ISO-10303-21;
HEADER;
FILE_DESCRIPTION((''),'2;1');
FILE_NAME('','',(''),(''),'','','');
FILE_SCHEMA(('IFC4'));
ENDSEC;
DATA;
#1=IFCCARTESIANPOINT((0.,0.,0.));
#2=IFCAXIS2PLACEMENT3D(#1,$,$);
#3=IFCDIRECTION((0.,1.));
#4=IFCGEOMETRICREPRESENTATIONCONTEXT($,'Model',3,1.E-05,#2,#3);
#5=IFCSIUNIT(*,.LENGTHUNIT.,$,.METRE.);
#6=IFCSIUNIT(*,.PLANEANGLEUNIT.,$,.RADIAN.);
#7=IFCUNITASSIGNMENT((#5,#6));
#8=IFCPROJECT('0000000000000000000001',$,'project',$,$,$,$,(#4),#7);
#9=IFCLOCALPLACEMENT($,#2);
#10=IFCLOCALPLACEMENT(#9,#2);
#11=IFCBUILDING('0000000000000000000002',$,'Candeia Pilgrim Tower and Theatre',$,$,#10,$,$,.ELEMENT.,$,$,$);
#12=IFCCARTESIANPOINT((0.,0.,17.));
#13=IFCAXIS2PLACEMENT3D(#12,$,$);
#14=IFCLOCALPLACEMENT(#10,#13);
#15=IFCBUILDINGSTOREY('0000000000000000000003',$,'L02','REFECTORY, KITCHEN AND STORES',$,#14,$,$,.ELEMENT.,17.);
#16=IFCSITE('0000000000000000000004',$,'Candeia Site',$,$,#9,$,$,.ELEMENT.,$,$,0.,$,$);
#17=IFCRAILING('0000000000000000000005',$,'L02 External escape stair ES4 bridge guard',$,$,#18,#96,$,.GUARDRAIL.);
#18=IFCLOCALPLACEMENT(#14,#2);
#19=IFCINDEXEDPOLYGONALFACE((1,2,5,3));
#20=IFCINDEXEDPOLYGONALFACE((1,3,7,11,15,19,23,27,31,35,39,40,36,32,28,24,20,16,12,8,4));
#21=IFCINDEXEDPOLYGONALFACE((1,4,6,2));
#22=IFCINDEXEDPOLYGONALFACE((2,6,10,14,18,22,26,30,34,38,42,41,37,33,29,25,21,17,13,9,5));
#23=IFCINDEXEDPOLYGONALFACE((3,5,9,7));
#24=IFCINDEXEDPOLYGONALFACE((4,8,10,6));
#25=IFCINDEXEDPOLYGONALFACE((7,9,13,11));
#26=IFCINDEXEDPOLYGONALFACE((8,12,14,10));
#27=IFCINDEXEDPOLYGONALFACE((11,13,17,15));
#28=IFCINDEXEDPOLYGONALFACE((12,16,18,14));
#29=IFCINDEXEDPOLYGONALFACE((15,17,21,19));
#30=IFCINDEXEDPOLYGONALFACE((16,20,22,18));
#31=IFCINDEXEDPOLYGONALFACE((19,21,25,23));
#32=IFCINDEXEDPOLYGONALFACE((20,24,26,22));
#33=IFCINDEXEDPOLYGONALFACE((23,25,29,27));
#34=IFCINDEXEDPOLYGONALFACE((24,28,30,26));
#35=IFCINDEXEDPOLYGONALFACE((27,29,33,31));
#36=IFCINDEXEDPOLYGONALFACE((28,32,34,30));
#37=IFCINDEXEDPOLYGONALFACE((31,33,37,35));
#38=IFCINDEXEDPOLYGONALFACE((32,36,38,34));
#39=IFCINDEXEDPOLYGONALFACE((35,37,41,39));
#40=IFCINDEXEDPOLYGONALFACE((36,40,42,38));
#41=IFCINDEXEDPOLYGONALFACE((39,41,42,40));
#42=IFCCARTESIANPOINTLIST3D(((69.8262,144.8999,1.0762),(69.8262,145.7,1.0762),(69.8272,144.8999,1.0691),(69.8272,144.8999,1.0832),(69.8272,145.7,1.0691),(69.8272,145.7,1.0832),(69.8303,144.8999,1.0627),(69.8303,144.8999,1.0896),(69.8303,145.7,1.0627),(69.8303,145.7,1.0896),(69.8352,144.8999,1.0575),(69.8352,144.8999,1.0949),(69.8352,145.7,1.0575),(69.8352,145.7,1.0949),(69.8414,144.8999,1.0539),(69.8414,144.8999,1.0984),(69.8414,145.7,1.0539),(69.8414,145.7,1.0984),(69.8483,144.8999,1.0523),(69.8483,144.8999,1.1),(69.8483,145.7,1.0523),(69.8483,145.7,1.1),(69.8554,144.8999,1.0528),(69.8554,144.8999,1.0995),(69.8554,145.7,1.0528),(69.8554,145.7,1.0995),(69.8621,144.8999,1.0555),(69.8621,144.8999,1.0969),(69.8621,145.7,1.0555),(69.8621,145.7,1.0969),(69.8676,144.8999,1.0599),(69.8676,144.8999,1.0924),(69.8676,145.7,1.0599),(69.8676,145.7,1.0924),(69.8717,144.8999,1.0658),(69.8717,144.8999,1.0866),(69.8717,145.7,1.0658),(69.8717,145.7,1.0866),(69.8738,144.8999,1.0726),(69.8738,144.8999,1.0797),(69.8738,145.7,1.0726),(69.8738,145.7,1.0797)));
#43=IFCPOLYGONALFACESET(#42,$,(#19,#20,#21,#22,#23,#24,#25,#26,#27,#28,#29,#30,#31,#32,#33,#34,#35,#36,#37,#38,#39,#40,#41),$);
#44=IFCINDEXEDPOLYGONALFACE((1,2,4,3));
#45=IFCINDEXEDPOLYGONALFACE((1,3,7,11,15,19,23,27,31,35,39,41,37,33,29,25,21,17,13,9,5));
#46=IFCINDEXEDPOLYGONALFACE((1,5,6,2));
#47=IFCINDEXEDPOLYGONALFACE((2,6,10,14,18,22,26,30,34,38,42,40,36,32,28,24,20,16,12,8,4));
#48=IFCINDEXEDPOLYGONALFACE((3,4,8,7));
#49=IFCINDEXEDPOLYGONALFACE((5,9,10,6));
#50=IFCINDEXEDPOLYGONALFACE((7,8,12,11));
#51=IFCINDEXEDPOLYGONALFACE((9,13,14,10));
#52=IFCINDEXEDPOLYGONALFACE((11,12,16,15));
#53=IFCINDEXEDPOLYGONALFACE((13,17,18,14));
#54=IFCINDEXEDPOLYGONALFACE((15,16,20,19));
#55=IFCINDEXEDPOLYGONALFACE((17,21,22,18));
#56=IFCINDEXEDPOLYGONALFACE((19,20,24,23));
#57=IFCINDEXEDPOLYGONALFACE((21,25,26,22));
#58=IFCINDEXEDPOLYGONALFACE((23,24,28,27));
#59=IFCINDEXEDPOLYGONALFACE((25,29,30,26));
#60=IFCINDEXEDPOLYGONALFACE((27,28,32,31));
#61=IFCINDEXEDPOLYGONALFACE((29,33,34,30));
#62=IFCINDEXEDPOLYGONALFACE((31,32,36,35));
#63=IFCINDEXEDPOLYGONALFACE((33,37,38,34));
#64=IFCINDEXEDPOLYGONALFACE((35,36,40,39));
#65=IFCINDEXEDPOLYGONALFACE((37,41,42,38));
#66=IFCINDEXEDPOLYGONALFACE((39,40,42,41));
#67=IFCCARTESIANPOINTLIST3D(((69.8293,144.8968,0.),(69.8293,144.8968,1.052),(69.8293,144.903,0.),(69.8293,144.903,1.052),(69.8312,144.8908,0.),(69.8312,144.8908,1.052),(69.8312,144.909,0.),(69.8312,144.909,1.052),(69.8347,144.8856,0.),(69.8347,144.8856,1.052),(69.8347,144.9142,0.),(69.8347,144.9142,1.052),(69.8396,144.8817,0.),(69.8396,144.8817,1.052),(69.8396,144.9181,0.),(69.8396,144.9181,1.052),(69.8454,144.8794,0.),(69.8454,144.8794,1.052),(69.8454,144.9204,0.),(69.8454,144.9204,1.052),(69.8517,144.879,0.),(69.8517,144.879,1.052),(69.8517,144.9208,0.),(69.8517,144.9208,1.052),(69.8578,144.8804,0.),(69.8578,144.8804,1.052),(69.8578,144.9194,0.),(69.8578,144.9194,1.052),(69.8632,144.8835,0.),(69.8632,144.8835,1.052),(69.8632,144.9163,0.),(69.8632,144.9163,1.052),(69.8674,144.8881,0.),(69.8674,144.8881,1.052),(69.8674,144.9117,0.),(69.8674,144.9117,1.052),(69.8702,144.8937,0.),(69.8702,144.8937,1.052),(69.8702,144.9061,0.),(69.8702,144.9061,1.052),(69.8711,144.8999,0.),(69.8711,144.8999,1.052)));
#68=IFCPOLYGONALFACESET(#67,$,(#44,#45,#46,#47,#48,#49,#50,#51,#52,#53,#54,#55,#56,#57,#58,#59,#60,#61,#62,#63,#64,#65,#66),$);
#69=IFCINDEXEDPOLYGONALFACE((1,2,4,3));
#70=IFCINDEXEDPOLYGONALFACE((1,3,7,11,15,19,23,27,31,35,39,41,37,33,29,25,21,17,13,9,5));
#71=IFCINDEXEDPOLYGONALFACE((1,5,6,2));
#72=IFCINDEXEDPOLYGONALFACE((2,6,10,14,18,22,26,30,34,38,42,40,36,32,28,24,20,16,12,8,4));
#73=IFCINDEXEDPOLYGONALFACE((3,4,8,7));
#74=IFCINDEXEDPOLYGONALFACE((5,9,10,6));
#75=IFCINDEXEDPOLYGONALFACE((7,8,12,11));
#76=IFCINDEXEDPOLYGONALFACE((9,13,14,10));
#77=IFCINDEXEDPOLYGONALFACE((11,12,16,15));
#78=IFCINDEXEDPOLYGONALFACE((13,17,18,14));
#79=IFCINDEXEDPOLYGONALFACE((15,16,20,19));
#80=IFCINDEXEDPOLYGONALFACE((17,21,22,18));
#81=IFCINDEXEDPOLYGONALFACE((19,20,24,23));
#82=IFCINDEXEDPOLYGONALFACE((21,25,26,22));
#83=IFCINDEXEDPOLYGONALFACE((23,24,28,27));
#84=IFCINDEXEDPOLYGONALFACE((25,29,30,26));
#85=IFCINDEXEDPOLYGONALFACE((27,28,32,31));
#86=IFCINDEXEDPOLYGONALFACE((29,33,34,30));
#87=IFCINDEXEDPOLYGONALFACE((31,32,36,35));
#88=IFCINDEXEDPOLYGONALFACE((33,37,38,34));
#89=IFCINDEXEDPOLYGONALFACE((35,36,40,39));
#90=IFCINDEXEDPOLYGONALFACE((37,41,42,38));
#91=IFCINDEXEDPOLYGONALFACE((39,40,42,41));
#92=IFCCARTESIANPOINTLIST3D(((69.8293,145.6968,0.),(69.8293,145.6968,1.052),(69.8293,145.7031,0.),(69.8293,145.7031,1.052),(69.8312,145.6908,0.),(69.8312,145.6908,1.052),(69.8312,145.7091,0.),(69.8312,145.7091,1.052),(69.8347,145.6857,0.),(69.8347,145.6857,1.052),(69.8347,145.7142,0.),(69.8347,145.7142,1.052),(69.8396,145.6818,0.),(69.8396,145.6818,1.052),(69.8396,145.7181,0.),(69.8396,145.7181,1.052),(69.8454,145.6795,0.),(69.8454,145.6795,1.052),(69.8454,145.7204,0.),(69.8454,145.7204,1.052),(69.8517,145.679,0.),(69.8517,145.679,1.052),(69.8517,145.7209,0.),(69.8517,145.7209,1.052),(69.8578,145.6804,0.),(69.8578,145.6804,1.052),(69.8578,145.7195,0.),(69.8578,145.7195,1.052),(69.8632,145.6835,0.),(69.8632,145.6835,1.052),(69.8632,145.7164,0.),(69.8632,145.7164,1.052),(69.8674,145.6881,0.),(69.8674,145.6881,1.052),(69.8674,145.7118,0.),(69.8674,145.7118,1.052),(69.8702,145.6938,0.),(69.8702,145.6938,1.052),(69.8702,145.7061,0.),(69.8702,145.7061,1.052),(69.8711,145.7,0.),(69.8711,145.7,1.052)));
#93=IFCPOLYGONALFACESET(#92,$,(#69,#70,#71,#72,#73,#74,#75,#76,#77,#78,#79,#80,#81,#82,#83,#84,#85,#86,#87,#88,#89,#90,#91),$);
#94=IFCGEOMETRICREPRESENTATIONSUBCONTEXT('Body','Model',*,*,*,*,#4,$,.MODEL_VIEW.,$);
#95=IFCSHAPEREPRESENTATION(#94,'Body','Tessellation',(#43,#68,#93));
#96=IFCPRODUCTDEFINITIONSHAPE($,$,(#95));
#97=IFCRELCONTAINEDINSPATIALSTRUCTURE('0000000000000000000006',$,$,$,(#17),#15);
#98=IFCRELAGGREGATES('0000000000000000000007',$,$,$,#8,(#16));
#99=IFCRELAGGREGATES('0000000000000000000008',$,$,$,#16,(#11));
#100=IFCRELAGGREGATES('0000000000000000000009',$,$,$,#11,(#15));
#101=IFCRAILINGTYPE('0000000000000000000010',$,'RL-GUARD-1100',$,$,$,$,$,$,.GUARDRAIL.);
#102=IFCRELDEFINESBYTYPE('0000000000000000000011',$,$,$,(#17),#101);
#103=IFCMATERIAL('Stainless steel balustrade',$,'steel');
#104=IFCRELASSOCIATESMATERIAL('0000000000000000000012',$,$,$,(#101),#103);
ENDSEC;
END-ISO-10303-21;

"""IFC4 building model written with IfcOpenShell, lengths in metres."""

from ifc_helpers import new_model, si_unit, direction, frame, origin, origin_2d, place, context, subcontext, project, spatial, circle, extrude, material, type_object, element, save


model = new_model("IFC4")

# Units and contexts
model_context = context("Model", 3, precision=1e-05, world=origin(), true_north=direction((0.0, 1.0)))
body_context = subcontext(model_context, "Body", "Model", "MODEL_VIEW")
ifc_project = project(units=[si_unit("LENGTHUNIT", "METRE"), si_unit("PLANEANGLEUNIT", "RADIAN")], contexts=[model_context])

# Site, building, storey
site_placement = place(None, origin())
site = spatial("IfcSite", under=ifc_project, at=site_placement, Name="Candeia Site", CompositionType="ELEMENT", RefElevation=0.0)
building_placement = place(site_placement, origin())
building = spatial("IfcBuilding", under=site, at=building_placement, Name="Candeia Pilgrim Tower and Theatre", CompositionType="ELEMENT")
storey_placement = place(building_placement, frame((0.0, 0.0, 17.0)))
storey = spatial("IfcBuildingStorey", under=building, at=storey_placement, Name="L02", Description="REFECTORY, KITCHEN AND STORES", CompositionType="ELEMENT", Elevation=17.0)

# Railing
ifc_material_1 = material(Name="Stainless steel balustrade", Category="steel")
railing_type_1 = type_object("IfcRailingType", Name="RL-GUARD-1100", PredefinedType="GUARDRAIL", material=ifc_material_1)
railing_1_placement = place(storey_placement, frame((69.8501, 144.8999, 0.0)))
element("IfcRailing", 1, at=railing_1_placement, inside=storey, type_object=railing_type_1, Name="L02 External escape stair ES4 bridge guard", PredefinedType="GUARDRAIL", context=body_context, shape_type="SweptSolid", body=[
    extrude(circle(Radius=0.0239, at=origin_2d()), frame((0.0, 0.0, 1.0762), z_axis=(0.0, 1.0, 0.0), x_axis=(-1.0, 0.0, 0.0)), (0.0, 0.0, 1.0), 0.8),
    extrude(circle(Radius=0.021, at=origin_2d()), origin(), (0.0, 0.0, 1.0), 1.052),
    extrude(circle(Radius=0.021, at=origin_2d()), frame((0.0, 0.8, 0.0)), (0.0, 0.0, 1.0), 1.052),
])

save(model, "model.ifc")
